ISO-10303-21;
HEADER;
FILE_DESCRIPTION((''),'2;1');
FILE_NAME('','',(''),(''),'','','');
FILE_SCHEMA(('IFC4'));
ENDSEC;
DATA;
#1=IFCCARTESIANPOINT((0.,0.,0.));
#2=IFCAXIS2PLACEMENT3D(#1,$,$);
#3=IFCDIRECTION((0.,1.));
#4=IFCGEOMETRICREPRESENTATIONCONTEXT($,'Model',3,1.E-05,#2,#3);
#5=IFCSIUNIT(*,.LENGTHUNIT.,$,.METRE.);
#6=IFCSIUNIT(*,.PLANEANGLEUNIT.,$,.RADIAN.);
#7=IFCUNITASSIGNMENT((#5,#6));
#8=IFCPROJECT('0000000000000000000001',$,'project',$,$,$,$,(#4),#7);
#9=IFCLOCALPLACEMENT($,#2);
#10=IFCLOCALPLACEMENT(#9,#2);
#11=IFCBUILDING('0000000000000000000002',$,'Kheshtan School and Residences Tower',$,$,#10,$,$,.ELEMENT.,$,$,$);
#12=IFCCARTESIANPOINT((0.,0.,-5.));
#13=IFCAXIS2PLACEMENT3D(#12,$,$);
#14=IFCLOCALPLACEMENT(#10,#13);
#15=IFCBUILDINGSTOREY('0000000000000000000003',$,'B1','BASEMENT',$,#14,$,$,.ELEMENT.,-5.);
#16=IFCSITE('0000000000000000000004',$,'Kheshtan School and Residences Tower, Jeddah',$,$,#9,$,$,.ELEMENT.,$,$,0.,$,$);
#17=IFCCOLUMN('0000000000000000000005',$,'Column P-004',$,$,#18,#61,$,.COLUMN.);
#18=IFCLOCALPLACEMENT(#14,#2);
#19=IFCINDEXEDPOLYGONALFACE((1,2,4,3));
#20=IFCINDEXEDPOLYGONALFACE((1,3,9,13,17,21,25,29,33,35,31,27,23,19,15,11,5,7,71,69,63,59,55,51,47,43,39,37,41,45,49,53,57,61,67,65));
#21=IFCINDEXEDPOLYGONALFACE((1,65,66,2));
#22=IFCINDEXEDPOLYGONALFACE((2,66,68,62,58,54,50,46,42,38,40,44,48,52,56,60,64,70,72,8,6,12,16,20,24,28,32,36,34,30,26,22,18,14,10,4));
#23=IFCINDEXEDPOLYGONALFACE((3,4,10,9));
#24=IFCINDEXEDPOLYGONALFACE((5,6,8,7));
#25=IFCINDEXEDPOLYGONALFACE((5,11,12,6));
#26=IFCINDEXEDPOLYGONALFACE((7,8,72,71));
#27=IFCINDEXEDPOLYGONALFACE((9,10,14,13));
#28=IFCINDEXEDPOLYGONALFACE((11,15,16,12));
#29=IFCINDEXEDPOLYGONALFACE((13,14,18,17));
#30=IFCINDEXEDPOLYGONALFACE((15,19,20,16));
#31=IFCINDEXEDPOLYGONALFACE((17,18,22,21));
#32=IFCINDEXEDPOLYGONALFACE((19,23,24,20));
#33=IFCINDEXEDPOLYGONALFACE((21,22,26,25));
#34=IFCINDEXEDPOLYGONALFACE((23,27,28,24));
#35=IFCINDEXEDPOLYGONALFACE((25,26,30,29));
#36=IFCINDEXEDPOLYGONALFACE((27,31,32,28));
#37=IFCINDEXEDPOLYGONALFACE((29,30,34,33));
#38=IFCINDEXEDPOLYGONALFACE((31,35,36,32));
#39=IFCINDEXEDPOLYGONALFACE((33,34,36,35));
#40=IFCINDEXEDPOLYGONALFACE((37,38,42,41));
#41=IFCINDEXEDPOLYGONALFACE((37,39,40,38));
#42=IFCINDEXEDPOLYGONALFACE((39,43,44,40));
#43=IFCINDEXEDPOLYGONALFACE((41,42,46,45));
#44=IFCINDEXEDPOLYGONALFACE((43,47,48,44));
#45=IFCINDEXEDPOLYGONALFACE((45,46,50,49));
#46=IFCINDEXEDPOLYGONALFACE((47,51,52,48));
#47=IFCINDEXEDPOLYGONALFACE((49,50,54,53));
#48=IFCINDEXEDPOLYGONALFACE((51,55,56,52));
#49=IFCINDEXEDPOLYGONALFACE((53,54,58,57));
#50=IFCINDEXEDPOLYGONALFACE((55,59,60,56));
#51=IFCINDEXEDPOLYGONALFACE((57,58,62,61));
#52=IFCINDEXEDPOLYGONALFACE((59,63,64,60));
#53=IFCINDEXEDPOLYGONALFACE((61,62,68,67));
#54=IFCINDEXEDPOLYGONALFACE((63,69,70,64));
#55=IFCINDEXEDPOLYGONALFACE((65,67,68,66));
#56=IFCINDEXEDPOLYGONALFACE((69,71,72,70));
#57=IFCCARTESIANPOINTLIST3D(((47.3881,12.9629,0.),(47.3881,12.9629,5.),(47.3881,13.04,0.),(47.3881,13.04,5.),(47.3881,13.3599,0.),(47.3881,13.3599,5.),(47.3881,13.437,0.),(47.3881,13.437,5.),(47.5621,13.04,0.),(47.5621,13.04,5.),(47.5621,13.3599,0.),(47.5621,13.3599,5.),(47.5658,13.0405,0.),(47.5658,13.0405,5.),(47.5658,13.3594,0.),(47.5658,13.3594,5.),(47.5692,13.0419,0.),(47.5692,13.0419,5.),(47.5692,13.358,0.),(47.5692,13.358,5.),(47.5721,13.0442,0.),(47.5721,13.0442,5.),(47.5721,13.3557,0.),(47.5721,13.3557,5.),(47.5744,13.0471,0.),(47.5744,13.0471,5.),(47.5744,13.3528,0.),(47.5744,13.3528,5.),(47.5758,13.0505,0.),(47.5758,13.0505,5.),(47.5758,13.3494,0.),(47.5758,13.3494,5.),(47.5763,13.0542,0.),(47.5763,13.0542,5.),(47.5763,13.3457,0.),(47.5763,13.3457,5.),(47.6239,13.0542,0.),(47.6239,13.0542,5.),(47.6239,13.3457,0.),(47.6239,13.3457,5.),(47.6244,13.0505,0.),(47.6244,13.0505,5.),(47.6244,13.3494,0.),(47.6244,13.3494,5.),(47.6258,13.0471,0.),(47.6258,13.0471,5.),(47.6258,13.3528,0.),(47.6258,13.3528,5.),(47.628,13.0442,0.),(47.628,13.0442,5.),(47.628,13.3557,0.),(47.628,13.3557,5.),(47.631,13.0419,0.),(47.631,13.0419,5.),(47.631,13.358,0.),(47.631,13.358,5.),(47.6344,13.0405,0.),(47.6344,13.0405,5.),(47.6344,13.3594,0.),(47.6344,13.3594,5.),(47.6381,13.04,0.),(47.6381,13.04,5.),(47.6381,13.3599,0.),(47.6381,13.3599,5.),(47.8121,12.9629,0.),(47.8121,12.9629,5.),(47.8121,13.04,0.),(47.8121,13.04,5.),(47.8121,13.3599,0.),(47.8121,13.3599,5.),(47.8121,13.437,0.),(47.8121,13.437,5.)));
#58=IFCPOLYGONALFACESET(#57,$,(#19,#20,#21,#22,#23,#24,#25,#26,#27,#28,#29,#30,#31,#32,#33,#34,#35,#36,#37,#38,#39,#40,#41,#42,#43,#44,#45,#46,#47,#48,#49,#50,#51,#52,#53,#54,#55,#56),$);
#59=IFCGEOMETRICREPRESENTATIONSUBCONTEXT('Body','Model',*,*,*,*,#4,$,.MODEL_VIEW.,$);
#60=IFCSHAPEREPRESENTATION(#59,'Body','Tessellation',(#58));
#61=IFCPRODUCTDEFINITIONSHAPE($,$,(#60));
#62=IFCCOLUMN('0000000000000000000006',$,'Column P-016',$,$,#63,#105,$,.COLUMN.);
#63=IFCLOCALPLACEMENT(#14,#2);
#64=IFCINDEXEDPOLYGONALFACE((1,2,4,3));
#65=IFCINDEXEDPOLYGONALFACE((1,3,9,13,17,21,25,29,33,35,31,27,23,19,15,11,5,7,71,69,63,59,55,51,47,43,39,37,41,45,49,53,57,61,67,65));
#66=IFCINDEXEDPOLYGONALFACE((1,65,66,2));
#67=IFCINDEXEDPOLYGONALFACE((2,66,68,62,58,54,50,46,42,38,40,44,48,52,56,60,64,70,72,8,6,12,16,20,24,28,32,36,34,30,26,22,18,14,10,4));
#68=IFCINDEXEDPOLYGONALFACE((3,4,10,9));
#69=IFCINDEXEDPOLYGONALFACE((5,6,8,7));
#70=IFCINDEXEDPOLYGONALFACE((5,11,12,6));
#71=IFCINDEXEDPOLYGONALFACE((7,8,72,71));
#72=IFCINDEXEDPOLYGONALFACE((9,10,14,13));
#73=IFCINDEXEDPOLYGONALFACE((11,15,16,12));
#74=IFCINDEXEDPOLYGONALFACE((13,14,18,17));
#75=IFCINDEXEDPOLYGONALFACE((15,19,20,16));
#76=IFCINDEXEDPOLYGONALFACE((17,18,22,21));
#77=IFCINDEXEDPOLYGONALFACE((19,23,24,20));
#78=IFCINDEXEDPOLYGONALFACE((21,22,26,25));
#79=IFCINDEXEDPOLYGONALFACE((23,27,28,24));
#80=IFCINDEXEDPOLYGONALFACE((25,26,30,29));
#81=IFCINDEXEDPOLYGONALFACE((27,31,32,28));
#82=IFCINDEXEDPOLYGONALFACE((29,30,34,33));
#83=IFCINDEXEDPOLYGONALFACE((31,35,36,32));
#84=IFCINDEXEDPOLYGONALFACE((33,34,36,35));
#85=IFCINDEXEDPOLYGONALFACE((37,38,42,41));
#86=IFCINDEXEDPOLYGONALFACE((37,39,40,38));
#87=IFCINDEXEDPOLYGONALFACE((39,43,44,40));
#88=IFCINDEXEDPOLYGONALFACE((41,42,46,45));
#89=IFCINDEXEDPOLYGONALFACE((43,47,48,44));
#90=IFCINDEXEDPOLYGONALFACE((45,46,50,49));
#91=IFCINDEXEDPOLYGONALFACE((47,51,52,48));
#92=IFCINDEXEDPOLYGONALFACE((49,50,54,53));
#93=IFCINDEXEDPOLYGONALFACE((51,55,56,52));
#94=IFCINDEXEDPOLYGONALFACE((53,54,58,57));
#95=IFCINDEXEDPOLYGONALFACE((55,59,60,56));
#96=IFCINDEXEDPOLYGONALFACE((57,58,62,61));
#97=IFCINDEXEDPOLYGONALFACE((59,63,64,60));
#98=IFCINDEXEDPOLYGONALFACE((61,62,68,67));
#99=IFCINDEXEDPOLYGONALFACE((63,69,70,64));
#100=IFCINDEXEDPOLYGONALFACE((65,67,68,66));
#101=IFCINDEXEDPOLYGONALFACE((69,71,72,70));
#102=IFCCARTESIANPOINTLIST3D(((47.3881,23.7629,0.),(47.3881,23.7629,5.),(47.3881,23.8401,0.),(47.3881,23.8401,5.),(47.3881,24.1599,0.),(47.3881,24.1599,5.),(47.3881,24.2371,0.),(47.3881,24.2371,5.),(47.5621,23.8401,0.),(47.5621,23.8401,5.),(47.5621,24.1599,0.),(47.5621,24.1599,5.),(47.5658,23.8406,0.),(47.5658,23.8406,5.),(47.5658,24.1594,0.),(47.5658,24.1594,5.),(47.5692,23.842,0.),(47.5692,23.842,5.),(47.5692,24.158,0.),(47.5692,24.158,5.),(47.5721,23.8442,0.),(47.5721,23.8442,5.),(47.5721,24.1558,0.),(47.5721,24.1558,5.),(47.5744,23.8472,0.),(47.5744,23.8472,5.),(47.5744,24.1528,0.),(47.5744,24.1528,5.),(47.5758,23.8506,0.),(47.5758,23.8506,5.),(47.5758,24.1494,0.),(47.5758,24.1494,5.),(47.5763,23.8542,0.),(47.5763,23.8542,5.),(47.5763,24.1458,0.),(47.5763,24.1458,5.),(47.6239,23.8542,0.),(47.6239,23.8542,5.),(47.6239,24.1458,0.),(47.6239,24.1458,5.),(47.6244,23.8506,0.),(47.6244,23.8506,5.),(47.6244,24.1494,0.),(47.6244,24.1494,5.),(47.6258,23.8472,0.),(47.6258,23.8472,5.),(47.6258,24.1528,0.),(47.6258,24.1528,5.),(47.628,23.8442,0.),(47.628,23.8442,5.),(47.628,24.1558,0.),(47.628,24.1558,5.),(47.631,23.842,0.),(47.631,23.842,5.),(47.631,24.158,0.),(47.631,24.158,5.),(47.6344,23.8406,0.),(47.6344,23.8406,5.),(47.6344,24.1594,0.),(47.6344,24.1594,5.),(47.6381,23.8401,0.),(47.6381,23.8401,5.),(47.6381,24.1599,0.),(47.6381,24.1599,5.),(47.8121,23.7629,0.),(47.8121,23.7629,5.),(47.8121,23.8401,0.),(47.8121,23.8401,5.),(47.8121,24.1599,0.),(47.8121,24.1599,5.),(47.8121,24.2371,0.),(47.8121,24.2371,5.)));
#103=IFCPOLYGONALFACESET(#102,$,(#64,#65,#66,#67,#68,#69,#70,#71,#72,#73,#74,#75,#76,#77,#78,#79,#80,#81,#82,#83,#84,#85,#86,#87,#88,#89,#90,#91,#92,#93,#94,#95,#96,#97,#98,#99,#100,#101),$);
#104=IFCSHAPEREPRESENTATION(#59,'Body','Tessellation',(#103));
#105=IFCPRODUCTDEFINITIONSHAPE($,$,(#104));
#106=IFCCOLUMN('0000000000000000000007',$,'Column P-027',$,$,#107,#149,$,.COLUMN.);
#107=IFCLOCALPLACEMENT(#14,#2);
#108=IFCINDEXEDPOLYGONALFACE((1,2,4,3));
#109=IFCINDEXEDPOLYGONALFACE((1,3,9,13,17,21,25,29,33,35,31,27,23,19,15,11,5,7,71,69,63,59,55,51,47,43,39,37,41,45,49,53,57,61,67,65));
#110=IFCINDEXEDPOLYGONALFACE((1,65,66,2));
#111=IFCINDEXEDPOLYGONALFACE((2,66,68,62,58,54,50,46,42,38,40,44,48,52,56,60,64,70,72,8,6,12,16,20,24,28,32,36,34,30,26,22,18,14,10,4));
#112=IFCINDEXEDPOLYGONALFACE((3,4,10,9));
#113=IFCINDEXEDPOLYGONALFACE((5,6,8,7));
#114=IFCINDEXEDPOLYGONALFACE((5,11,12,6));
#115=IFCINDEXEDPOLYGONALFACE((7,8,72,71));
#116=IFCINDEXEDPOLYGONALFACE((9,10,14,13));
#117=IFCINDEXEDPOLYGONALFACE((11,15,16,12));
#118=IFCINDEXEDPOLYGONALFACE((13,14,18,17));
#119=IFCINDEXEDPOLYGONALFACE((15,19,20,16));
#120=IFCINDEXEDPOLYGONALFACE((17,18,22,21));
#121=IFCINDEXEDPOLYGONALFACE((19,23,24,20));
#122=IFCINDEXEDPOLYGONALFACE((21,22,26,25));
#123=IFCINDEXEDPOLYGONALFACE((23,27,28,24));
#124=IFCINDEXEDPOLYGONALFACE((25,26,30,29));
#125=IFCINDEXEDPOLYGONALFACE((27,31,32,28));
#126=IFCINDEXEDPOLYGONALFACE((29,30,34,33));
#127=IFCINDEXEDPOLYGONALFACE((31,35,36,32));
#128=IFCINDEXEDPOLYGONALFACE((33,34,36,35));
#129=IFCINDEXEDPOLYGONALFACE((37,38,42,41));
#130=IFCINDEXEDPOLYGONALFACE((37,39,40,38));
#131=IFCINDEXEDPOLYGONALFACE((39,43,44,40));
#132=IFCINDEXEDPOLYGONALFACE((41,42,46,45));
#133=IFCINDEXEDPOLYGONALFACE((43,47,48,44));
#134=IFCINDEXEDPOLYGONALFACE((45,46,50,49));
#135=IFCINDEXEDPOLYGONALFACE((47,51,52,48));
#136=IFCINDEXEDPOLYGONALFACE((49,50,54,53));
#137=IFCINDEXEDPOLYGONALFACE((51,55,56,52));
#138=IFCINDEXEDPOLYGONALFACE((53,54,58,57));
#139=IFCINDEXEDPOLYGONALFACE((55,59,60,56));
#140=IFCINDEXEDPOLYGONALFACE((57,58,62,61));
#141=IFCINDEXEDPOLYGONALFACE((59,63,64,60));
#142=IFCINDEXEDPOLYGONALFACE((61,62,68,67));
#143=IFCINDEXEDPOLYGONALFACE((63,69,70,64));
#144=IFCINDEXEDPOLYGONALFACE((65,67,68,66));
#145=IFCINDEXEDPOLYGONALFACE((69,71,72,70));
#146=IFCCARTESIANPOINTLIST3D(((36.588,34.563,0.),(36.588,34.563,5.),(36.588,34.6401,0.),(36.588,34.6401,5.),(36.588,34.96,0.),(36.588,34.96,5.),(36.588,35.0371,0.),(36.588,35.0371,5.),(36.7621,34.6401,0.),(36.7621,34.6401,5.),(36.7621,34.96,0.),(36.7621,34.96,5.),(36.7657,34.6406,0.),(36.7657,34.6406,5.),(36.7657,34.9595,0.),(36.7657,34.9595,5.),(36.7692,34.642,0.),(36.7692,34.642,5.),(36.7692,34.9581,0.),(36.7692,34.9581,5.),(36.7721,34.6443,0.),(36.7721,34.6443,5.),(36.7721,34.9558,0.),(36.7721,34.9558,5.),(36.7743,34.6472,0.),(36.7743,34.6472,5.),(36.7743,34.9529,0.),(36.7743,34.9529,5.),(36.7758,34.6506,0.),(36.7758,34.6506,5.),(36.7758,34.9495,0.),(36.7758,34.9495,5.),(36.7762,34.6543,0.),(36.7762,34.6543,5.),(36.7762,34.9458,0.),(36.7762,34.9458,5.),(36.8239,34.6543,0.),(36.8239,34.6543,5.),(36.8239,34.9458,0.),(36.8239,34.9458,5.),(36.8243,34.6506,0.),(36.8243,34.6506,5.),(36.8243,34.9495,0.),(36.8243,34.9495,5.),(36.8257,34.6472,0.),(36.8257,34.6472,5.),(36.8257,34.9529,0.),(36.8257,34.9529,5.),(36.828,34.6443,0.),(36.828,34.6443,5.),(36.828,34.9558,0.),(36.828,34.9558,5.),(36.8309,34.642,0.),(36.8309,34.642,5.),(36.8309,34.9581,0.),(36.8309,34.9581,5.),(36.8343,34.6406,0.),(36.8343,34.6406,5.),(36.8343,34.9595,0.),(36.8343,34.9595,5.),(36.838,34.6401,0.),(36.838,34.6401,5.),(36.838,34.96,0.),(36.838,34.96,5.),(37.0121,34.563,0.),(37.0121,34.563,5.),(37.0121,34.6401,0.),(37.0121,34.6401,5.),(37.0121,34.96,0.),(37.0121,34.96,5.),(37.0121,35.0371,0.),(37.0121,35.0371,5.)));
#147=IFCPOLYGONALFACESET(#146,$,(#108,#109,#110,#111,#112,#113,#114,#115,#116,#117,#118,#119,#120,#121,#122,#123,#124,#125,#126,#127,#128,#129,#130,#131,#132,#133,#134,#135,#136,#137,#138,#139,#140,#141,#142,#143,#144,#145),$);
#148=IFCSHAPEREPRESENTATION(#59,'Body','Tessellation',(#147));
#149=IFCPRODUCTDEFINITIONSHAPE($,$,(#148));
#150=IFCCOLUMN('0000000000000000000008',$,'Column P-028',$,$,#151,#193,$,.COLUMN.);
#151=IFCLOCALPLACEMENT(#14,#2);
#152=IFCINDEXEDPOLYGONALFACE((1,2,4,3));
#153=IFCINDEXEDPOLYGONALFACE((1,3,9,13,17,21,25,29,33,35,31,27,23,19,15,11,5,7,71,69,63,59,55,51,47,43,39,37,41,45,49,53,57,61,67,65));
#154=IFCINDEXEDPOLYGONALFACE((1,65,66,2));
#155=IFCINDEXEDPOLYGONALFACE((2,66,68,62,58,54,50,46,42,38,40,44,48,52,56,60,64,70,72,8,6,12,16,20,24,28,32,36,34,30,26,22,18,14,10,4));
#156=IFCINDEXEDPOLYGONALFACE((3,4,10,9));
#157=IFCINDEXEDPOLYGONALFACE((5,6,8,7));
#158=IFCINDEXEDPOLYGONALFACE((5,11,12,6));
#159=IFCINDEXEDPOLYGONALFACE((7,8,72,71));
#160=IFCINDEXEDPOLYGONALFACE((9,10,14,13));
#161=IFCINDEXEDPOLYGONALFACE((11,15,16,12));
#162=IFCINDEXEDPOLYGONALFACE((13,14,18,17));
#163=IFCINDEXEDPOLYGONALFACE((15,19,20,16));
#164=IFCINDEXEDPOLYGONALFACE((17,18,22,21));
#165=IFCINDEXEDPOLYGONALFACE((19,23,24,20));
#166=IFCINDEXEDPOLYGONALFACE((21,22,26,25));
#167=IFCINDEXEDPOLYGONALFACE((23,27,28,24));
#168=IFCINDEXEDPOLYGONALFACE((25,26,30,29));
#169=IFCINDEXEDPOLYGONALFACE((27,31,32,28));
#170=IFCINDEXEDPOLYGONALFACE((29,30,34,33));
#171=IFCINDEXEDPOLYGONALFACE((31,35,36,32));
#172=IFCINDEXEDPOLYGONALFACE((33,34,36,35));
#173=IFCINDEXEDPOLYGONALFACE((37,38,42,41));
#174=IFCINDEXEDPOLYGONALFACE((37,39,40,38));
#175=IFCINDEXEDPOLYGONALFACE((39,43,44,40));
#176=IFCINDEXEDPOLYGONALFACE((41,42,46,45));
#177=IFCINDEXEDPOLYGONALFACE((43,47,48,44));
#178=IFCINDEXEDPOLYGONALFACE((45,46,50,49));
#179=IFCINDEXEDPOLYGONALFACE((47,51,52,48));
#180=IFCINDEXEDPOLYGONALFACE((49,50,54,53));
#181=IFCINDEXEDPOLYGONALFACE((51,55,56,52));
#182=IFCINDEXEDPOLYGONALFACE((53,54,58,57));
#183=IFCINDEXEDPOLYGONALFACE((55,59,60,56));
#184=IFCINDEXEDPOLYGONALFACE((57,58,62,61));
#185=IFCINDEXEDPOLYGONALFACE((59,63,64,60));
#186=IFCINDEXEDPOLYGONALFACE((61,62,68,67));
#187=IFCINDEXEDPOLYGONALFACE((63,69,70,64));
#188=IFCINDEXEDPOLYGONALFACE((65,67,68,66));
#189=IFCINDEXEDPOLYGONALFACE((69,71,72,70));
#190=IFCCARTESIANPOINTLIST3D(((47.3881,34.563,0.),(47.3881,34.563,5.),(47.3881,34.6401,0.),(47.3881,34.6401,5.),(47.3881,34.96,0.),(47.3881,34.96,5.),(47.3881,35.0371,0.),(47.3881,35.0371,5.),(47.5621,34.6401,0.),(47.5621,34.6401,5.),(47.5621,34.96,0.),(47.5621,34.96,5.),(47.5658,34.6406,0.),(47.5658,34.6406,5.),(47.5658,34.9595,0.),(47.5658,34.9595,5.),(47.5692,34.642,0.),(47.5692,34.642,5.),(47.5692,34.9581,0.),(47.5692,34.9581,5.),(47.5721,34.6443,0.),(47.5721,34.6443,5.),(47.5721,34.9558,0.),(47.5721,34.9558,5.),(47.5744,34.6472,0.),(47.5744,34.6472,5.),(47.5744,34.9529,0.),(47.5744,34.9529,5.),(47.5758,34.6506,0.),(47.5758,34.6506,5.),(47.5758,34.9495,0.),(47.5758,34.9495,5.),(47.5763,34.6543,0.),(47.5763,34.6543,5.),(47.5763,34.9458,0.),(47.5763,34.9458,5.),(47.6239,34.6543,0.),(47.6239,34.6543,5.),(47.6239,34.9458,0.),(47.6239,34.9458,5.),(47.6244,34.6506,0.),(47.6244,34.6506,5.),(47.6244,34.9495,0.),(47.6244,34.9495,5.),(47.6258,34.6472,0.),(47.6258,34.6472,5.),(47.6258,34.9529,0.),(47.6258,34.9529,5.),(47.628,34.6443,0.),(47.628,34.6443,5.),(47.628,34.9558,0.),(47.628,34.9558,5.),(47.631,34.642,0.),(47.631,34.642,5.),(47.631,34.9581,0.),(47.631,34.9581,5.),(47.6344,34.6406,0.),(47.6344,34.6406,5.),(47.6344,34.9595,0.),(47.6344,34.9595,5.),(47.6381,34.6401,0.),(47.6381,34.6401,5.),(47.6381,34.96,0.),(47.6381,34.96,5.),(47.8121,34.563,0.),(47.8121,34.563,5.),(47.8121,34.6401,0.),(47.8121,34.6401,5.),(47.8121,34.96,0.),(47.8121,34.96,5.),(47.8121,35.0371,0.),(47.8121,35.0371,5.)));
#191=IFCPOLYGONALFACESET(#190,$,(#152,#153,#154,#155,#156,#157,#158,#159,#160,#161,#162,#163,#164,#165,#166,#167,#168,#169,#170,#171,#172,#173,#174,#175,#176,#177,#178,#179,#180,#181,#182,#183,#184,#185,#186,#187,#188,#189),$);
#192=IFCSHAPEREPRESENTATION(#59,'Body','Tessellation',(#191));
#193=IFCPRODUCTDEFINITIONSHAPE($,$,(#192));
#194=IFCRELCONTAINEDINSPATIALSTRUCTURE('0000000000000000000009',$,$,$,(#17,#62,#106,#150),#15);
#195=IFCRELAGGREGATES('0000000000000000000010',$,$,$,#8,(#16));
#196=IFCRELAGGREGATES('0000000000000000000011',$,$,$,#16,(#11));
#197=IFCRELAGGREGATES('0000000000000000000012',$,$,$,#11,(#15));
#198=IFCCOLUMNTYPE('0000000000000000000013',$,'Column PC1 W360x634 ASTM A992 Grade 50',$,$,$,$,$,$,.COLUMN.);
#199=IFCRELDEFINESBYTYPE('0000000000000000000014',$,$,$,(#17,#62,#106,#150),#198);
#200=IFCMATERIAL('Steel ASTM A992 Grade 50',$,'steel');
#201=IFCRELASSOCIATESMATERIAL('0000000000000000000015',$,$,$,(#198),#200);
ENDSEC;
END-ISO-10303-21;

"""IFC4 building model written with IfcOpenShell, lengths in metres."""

from ifc_helpers import new_model, si_unit, direction, frame, origin, origin_2d, place, context, subcontext, project, spatial, i_section, extrude, material, material_profile, profile_set, type_object, element, save


model = new_model("IFC4")

# Units and contexts
model_context = context("Model", 3, precision=1e-05, world=origin(), true_north=direction((0.0, 1.0)))
body_context = subcontext(model_context, "Body", "Model", "MODEL_VIEW")
ifc_project = project(units=[si_unit("LENGTHUNIT", "METRE"), si_unit("PLANEANGLEUNIT", "RADIAN")], contexts=[model_context])

# Site, building, storey
site_placement = place(None, origin())
site = spatial("IfcSite", under=ifc_project, at=site_placement, Name="Kheshtan School and Residences Tower, Jeddah", CompositionType="ELEMENT", RefElevation=0.0)
building_placement = place(site_placement, origin())
building = spatial("IfcBuilding", under=site, at=building_placement, Name="Kheshtan School and Residences Tower", CompositionType="ELEMENT")
storey_placement = place(building_placement, frame((0.0, 0.0, -5.0)))
storey = spatial("IfcBuildingStorey", under=building, at=storey_placement, Name="B1", Description="BASEMENT", CompositionType="ELEMENT", Elevation=-5.0)

# Columns
ifc_material_1 = material(Name="Steel ASTM A992 Grade 50", Category="steel")
ifc_material_profile_1 = material_profile(ifc_material_1, i_section(OverallWidth=0.4241, OverallDepth=0.4741, WebThickness=0.0476, FlangeThickness=0.0771, FilletRadius=0.0142, at=origin_2d()), Name="W360x634")
ifc_profile_set_1 = profile_set([ifc_material_profile_1], Name="Steel ASTM A992 Grade 50")
column_type = type_object("IfcColumnType", Name="Column PC1 W360x634 ASTM A992 Grade 50", PredefinedType="COLUMN", material=ifc_profile_set_1)
for number, where, z_axis, x_axis, name in (
    (1, (47.6001, 13.2, 0.0), (0.0, 0.0, 1.0), (1.0, 0.0, 0.0), "Column P-004"),
    (2, (47.6001, 24.0, 0.0), (0.0, 0.0, 1.0), (1.0, 0.0, 0.0), "Column P-016"),
    (3, (36.8, 34.8, 0.0), (0.0, 0.0, 1.0), (1.0, 0.0, 0.0), "Column P-027"),
    (4, (47.6001, 34.8, 0.0), (0.0, 0.0, 1.0), (1.0, 0.0, 0.0), "Column P-028"),
):
    element("IfcColumn", number, at=place(storey_placement, frame(where, z_axis=z_axis, x_axis=x_axis)), inside=storey, type_object=column_type, Name=name, PredefinedType="COLUMN", context=body_context, shape_type="SweptSolid", body=[
        extrude(i_section(OverallWidth=0.4241, OverallDepth=0.4741, WebThickness=0.0476, FlangeThickness=0.0771, FilletRadius=0.0142, at=origin_2d()), origin(), (0.0, 0.0, 1.0), 5.0),
    ])

save(model, "model.ifc")
